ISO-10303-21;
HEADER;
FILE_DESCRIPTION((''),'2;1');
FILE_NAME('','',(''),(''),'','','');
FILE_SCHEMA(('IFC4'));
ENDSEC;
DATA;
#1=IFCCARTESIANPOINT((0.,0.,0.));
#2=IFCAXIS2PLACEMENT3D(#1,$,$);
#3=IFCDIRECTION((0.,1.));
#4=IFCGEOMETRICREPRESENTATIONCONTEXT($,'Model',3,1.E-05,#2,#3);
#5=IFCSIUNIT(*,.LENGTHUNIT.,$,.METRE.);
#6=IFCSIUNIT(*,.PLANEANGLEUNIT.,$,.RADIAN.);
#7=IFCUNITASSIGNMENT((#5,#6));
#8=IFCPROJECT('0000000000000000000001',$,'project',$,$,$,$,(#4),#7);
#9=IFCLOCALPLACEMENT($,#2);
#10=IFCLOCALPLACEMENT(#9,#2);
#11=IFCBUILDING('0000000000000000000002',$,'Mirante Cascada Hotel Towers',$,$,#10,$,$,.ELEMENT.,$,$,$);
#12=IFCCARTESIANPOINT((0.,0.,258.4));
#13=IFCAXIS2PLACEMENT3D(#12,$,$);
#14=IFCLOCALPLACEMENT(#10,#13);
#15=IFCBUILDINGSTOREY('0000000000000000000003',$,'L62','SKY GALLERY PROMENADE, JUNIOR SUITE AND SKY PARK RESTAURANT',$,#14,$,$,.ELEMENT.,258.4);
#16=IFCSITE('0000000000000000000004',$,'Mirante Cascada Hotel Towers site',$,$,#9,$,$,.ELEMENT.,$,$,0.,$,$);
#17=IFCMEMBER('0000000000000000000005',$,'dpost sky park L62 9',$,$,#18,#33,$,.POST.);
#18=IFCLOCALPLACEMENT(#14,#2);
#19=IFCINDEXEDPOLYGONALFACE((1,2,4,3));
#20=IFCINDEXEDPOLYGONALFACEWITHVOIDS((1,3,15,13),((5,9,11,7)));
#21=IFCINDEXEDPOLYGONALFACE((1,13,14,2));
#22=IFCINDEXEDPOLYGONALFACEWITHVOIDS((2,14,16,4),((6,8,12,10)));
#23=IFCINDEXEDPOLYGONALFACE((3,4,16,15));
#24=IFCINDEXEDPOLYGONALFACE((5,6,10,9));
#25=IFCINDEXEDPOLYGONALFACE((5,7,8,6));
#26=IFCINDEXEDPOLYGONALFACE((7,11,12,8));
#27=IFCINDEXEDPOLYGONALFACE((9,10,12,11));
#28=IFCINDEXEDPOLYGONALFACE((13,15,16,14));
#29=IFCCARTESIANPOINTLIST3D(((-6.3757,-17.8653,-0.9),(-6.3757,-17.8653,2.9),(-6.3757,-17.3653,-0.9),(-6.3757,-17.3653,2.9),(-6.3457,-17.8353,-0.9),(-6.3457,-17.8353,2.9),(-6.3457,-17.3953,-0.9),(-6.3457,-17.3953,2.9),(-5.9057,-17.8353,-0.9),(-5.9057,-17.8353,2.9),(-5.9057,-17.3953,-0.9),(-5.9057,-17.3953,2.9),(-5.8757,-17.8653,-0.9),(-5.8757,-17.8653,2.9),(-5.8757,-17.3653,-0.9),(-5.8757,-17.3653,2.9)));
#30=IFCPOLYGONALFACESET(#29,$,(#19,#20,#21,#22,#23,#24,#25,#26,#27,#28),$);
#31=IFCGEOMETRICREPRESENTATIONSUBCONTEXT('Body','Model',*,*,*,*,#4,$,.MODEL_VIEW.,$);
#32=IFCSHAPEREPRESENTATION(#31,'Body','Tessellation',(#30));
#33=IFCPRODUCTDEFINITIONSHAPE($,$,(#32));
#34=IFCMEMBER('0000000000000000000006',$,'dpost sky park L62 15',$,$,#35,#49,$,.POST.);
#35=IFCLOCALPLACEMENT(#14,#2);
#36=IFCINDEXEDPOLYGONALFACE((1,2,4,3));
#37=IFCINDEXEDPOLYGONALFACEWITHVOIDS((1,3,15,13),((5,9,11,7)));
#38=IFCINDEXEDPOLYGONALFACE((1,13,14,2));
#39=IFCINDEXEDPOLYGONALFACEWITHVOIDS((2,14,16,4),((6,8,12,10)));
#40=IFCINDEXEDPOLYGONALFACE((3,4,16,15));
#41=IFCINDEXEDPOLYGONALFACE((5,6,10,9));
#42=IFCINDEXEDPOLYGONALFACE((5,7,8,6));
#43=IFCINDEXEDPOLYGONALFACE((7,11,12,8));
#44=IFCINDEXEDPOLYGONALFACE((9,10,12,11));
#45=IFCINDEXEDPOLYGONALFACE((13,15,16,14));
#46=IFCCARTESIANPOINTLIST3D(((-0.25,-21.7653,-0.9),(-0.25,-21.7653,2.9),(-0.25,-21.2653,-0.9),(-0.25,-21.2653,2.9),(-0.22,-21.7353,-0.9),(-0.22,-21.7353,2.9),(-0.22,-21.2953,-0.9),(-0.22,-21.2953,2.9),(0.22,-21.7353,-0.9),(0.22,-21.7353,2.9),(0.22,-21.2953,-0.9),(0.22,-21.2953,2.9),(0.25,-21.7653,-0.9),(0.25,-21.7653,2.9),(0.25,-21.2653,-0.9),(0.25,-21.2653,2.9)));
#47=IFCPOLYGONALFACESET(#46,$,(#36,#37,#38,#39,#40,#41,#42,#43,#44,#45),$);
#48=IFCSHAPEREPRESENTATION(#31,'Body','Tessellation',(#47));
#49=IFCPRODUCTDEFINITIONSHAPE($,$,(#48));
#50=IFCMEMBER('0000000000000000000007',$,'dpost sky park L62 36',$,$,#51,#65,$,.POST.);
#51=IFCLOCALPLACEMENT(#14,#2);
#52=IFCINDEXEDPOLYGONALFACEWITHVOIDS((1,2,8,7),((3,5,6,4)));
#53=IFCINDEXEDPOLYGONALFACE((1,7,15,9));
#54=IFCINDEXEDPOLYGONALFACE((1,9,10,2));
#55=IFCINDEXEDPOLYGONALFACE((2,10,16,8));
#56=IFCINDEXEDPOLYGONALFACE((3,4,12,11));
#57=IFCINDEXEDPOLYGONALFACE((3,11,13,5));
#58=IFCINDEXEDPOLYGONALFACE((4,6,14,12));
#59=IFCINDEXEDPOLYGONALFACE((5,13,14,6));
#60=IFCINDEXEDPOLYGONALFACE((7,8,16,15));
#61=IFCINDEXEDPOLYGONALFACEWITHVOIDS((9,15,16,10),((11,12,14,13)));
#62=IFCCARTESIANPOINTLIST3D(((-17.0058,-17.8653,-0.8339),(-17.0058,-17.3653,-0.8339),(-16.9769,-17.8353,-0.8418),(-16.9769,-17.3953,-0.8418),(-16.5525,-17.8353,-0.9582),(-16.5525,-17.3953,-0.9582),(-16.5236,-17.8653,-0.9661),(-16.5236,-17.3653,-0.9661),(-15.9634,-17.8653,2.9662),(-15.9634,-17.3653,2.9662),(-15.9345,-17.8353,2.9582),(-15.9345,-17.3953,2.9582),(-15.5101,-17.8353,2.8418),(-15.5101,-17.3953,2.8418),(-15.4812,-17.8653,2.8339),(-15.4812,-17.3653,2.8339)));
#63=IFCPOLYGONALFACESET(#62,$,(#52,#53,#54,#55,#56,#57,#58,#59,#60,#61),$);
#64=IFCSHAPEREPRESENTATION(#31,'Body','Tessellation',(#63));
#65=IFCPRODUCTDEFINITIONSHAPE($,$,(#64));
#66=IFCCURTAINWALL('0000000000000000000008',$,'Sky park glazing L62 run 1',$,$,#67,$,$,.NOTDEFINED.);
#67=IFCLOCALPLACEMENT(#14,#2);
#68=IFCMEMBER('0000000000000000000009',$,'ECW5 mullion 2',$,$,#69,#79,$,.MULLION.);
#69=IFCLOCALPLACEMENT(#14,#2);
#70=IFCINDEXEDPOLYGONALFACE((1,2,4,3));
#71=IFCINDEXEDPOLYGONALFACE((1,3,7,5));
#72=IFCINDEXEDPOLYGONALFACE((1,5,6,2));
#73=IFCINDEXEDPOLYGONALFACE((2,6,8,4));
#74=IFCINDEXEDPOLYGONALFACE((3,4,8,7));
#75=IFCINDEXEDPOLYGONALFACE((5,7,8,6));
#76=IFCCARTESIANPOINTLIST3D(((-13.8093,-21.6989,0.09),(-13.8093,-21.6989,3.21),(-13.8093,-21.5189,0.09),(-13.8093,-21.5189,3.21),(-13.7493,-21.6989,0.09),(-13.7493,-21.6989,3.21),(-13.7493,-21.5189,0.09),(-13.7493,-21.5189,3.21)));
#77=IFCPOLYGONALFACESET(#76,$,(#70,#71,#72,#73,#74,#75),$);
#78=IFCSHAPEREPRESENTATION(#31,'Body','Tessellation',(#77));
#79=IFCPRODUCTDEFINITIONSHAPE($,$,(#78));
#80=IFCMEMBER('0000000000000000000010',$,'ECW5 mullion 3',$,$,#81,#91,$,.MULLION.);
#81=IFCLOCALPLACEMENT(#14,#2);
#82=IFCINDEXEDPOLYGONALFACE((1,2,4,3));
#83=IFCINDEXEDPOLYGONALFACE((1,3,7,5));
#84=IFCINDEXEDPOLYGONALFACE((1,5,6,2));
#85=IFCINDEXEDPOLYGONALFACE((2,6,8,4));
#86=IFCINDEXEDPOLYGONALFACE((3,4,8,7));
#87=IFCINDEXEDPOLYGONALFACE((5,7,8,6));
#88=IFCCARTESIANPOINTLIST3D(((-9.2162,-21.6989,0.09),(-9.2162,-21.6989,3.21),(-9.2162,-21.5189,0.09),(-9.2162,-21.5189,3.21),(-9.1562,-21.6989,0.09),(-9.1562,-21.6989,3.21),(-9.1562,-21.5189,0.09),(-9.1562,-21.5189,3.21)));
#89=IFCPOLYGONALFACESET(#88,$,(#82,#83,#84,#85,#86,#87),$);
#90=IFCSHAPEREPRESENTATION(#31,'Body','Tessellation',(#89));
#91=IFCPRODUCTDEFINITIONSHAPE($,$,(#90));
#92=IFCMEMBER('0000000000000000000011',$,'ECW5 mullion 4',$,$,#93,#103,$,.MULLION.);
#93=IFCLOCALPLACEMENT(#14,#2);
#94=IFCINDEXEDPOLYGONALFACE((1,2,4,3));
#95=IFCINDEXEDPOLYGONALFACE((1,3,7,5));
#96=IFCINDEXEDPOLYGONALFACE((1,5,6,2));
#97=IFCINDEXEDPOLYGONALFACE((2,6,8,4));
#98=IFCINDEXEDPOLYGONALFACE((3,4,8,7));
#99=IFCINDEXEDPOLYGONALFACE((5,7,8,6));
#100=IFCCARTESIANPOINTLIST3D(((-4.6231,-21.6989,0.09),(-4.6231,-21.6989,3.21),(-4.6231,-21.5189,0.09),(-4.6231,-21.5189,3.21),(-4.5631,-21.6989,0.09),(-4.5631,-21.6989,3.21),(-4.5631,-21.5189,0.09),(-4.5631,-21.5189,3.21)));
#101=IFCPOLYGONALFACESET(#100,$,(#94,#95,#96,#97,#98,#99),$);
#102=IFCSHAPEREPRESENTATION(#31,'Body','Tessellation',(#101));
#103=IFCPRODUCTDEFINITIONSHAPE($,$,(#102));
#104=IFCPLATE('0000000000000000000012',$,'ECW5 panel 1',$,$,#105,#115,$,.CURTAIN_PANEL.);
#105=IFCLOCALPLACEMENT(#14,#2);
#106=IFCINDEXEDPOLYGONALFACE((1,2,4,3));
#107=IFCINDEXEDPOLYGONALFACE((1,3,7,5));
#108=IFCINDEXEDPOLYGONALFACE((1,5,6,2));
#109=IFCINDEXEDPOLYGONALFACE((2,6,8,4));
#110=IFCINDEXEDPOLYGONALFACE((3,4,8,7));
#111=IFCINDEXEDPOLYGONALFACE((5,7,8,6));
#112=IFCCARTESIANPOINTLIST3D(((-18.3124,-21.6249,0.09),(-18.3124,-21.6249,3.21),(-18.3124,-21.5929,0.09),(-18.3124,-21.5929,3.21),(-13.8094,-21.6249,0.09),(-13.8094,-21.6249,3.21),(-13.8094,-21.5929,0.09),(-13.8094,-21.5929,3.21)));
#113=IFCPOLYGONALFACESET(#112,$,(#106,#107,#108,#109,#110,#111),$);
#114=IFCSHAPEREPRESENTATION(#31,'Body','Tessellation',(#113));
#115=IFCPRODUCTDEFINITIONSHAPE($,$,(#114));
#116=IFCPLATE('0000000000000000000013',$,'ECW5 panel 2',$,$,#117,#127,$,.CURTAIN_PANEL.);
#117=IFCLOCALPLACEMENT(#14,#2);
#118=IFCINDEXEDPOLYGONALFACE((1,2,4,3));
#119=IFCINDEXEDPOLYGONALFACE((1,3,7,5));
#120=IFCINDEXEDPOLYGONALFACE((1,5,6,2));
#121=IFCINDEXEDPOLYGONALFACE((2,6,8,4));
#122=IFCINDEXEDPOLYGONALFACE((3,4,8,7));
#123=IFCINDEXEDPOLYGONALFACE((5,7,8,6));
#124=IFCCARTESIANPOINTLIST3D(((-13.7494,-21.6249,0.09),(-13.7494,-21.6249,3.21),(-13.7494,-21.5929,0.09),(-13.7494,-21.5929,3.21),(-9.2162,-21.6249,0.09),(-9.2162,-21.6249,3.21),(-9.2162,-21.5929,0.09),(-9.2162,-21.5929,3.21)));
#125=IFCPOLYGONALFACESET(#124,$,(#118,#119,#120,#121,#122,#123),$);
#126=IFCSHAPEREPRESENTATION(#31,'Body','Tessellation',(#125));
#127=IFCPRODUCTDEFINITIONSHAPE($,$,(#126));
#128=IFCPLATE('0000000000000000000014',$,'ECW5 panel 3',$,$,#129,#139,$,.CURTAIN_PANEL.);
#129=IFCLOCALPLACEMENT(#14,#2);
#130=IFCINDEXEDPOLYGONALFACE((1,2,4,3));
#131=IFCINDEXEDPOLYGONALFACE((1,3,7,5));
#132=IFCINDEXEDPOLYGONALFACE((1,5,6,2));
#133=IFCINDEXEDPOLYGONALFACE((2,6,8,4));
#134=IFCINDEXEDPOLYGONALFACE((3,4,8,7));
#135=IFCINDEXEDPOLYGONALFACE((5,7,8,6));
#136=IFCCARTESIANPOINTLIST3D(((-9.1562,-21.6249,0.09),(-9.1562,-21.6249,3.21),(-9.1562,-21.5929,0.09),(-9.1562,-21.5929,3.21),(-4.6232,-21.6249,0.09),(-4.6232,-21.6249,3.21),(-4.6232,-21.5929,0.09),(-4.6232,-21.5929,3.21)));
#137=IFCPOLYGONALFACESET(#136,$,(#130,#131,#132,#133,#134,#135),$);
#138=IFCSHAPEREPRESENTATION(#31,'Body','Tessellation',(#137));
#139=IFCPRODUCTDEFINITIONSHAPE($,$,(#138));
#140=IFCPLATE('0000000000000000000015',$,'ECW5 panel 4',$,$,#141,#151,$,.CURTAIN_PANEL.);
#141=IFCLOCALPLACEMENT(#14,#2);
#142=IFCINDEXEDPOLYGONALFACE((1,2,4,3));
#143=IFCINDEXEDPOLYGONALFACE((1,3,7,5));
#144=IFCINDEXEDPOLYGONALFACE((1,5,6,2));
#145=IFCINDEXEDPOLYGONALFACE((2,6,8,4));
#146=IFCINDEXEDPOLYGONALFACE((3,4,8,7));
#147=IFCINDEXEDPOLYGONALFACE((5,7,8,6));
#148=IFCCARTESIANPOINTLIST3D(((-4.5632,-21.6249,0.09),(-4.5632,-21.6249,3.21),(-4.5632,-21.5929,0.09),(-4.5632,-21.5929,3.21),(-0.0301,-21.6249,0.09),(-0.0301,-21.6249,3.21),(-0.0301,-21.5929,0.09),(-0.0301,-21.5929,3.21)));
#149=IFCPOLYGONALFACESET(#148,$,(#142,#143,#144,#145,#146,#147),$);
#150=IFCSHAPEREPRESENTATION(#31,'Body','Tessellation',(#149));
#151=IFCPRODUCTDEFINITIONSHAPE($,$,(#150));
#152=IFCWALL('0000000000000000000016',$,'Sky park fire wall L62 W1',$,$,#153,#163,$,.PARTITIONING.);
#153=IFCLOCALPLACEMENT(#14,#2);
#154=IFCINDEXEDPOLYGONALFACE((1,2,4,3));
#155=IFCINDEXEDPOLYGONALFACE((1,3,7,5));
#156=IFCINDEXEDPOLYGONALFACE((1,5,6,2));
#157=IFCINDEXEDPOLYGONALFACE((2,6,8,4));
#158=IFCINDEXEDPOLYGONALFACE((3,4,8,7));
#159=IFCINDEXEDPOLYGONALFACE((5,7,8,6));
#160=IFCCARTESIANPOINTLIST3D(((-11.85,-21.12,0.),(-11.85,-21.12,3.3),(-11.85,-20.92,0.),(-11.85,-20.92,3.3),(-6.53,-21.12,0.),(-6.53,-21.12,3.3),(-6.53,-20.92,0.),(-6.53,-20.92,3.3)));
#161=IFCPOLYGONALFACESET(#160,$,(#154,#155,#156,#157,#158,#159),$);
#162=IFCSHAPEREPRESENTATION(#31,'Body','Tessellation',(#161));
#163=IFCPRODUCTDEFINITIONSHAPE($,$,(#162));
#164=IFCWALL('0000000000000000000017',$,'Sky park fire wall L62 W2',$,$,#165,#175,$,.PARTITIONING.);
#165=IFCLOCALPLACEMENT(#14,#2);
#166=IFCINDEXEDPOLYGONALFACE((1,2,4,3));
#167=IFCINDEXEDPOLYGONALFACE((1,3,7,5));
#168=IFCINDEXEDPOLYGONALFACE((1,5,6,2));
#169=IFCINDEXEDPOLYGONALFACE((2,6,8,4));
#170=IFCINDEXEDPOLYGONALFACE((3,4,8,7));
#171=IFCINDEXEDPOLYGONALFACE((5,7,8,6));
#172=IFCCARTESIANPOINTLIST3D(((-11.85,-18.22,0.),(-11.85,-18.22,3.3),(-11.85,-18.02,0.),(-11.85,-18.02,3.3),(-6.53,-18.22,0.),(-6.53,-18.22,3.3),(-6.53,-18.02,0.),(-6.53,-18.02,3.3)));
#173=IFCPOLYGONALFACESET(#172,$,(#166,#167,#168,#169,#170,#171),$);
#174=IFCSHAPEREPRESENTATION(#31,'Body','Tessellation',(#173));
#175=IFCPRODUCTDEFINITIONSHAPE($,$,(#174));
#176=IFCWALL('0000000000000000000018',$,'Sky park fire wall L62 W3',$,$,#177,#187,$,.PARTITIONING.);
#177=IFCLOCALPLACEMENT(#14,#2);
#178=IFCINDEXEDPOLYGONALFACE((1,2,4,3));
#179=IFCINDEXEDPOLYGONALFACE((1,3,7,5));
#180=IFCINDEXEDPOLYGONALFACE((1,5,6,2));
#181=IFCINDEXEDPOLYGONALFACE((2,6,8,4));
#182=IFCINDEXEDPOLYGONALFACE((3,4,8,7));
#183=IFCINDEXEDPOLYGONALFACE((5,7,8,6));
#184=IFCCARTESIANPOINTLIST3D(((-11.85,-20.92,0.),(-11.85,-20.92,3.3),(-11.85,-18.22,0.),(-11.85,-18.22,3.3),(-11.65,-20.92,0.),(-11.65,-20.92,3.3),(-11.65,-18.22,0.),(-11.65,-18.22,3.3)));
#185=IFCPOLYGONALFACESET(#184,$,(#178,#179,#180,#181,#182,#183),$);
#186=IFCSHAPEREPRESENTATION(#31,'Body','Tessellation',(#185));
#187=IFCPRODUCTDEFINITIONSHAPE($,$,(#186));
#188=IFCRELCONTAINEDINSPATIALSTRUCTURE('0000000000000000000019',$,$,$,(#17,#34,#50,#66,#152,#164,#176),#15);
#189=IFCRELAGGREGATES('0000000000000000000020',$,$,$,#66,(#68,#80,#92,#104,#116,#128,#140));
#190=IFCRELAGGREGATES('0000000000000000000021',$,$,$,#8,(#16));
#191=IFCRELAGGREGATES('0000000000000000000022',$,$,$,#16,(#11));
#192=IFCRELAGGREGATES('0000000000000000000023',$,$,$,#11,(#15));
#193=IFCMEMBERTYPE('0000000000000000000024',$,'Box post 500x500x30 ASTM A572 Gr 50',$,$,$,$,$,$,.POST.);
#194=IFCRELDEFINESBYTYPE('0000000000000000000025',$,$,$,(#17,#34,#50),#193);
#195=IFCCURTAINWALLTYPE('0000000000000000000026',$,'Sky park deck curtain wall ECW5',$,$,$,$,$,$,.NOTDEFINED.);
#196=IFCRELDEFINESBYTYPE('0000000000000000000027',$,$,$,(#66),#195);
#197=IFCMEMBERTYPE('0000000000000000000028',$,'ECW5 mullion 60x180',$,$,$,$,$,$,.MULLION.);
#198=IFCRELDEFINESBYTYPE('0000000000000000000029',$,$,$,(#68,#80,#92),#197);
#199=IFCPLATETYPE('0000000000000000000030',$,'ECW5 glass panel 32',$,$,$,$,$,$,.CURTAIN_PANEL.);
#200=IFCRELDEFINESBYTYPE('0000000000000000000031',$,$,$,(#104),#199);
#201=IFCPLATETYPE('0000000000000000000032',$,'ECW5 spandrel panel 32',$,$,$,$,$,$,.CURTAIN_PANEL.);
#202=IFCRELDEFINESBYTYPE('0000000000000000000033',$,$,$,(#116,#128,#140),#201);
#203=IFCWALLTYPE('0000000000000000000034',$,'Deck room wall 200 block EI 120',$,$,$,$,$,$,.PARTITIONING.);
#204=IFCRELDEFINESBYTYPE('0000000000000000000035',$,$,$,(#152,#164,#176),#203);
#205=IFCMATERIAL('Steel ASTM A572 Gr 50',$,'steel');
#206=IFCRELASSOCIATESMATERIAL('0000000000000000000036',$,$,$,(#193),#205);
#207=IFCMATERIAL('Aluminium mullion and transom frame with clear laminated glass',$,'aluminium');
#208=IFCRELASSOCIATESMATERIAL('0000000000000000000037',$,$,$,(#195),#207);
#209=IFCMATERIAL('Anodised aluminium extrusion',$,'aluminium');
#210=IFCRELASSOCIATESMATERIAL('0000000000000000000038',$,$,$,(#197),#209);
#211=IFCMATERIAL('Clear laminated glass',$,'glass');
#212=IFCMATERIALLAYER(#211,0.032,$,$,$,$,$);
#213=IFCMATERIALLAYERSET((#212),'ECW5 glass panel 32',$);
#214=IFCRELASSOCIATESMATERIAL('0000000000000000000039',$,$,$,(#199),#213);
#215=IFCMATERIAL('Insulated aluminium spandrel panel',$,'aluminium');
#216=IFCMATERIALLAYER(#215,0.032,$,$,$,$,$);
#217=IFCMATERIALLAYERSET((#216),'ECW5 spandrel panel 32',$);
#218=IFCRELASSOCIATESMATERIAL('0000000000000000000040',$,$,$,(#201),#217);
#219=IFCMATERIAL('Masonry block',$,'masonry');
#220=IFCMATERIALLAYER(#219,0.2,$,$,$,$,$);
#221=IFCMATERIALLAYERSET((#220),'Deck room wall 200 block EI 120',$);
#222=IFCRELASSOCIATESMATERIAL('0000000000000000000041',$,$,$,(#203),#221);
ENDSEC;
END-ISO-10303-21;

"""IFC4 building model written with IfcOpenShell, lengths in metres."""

from ifc_helpers import new_model, si_unit, direction, frame, frame_2d, origin, origin_2d, place, context, subcontext, project, spatial, rectangle, hollow_rectangle, extrude, material, layer, layer_set, material_profile, profile_set, type_object, element, aggregate, save


model = new_model("IFC4")

# Units and contexts
model_context = context("Model", 3, precision=1e-05, world=origin(), true_north=direction((0.0, 1.0)))
body_context = subcontext(model_context, "Body", "Model", "MODEL_VIEW")
ifc_project = project(units=[si_unit("LENGTHUNIT", "METRE"), si_unit("PLANEANGLEUNIT", "RADIAN")], contexts=[model_context])

# Site, building, storey
site_placement = place(None, origin())
site = spatial("IfcSite", under=ifc_project, at=site_placement, Name="Mirante Cascada Hotel Towers site", CompositionType="ELEMENT", RefElevation=0.0)
building_placement = place(site_placement, origin())
building = spatial("IfcBuilding", under=site, at=building_placement, Name="Mirante Cascada Hotel Towers", CompositionType="ELEMENT")
storey_placement = place(building_placement, frame((0.0, 0.0, 258.4)))
storey = spatial("IfcBuildingStorey", under=building, at=storey_placement, Name="L62", Description="SKY GALLERY PROMENADE, JUNIOR SUITE AND SKY PARK RESTAURANT", CompositionType="ELEMENT", Elevation=258.4)

# Members
ifc_material_1 = material(Name="Steel ASTM A572 Gr 50", Category="steel")
ifc_material_profile_1 = material_profile(ifc_material_1, hollow_rectangle(XDim=0.5, YDim=0.5, WallThickness=0.03, at=origin_2d()), Name="Box post 500x500x30 ASTM A572 Gr 50")
ifc_profile_set_1 = profile_set([ifc_material_profile_1], Name="Steel ASTM A572 Gr 50")
member_type_1 = type_object("IfcMemberType", Name="Box post 500x500x30 ASTM A572 Gr 50", PredefinedType="POST", material=ifc_profile_set_1)
for number, where, z_axis, x_axis, name in (
    (1, (-6.1257, -17.6153, -0.9), (0.0, 0.0, 1.0), (1.0, 0.0, 0.0), "dpost sky park L62 9"),
    (2, (0.0, -21.5153, -0.9), (0.0, 0.0, 1.0), (1.0, 0.0, 0.0), "dpost sky park L62 15"),
):
    element("IfcMember", number, at=place(storey_placement, frame(where, z_axis=z_axis, x_axis=x_axis)), inside=storey, type_object=member_type_1, Name=name, PredefinedType="POST", context=body_context, shape_type="SweptSolid", body=[
        extrude(hollow_rectangle(XDim=0.5, YDim=0.5, WallThickness=0.03, at=origin_2d()), origin(), (0.0, 0.0, 1.0), 3.8),
    ])
member_1_placement = place(storey_placement, frame((-16.7647, -17.6153, -0.9), z_axis=(0.264543, 0.0, 0.964374), x_axis=(0.0, 1.0, 0.0)))
element("IfcMember", 3, at=member_1_placement, inside=storey, type_object=member_type_1, Name="dpost sky park L62 36", PredefinedType="POST", context=body_context, shape_type="SweptSolid", body=[
    extrude(hollow_rectangle(XDim=0.5, YDim=0.5, WallThickness=0.03, at=origin_2d()), origin(), (0.0, 0.0, 1.0), 3.9404),
])

# Curtain wall, members, plates
ifc_material_2 = material(Name="Aluminium mullion and transom frame with clear laminated glass", Category="aluminium")
curtain_wall_type = type_object("IfcCurtainWallType", Name="Sky park deck curtain wall ECW5", PredefinedType="NOTDEFINED", material=ifc_material_2)
curtain_wall_placement = place(storey_placement, origin())
curtain_wall = element("IfcCurtainWall", 4, at=curtain_wall_placement, inside=storey, type_object=curtain_wall_type, Name="Sky park glazing L62 run 1", PredefinedType="NOTDEFINED")
ifc_material_3 = material(Name="Anodised aluminium extrusion", Category="aluminium")
ifc_material_profile_2 = material_profile(ifc_material_3, rectangle(XDim=0.18, YDim=0.06, at=origin_2d()), Name="ECW5 MULLION 60x180")
ifc_profile_set_2 = profile_set([ifc_material_profile_2], Name="Anodised aluminium extrusion")
member_type_2 = type_object("IfcMemberType", Name="ECW5 mullion 60x180", PredefinedType="MULLION", material=ifc_profile_set_2)
member_2_placement = place(storey_placement, frame((-13.7793, -21.6089, 0.09), z_axis=(0.0, 0.0, 1.0), x_axis=(0.0, 1.0, 0.0)))
member_2 = element("IfcMember", 5, at=member_2_placement, type_object=member_type_2, Name="ECW5 mullion 2", PredefinedType="MULLION", context=body_context, shape_type="SweptSolid", body=[
    extrude(rectangle(XDim=0.18, YDim=0.06, at=origin_2d()), origin(), (0.0, 0.0, 1.0), 3.12),
])
member_3_placement = place(storey_placement, frame((-9.1862, -21.6089, 0.09), z_axis=(0.0, 0.0, 1.0), x_axis=(0.0, 1.0, 0.0)))
member_3 = element("IfcMember", 6, at=member_3_placement, type_object=member_type_2, Name="ECW5 mullion 3", PredefinedType="MULLION", context=body_context, shape_type="SweptSolid", body=[
    extrude(rectangle(XDim=0.18, YDim=0.06, at=origin_2d()), origin(), (0.0, 0.0, 1.0), 3.12),
])
member_4_placement = place(storey_placement, frame((-4.5931, -21.6089, 0.09), z_axis=(0.0, 0.0, 1.0), x_axis=(0.0, 1.0, 0.0)))
member_4 = element("IfcMember", 7, at=member_4_placement, type_object=member_type_2, Name="ECW5 mullion 4", PredefinedType="MULLION", context=body_context, shape_type="SweptSolid", body=[
    extrude(rectangle(XDim=0.18, YDim=0.06, at=origin_2d()), origin(), (0.0, 0.0, 1.0), 3.12),
])
ifc_material_4 = material(Name="Clear laminated glass", Category="glass")
ifc_layer_1 = layer(ifc_material_4, 0.032)
ifc_layer_set_1 = layer_set([ifc_layer_1], Name="ECW5 glass panel 32")
plate_type_1 = type_object("IfcPlateType", Name="ECW5 glass panel 32", PredefinedType="CURTAIN_PANEL", material=ifc_layer_set_1)
plate_1_placement = place(storey_placement, frame((-16.0609, -21.6089, 0.09), z_axis=(0.0, 0.0, 1.0), x_axis=(1.0, 0.0, 0.0)))
plate_1 = element("IfcPlate", 8, at=plate_1_placement, type_object=plate_type_1, Name="ECW5 panel 1", PredefinedType="CURTAIN_PANEL", context=body_context, shape_type="SweptSolid", body=[
    extrude(rectangle(XDim=4.5031, YDim=0.032, at=origin_2d()), origin(), (0.0, 0.0, 1.0), 3.12),
])
ifc_material_5 = material(Name="Insulated aluminium spandrel panel", Category="aluminium")
ifc_layer_2 = layer(ifc_material_5, 0.032)
ifc_layer_set_2 = layer_set([ifc_layer_2], Name="ECW5 spandrel panel 32")
plate_type_2 = type_object("IfcPlateType", Name="ECW5 spandrel panel 32", PredefinedType="CURTAIN_PANEL", material=ifc_layer_set_2)
plate_2_placement = place(storey_placement, frame((-11.4828, -21.6089, 0.09), z_axis=(0.0, 0.0, 1.0), x_axis=(1.0, 0.0, 0.0)))
plate_2 = element("IfcPlate", 9, at=plate_2_placement, type_object=plate_type_2, Name="ECW5 panel 2", PredefinedType="CURTAIN_PANEL", context=body_context, shape_type="SweptSolid", body=[
    extrude(rectangle(XDim=4.5331, YDim=0.032, at=origin_2d()), origin(), (0.0, 0.0, 1.0), 3.12),
])
plate_3_placement = place(storey_placement, frame((-6.8897, -21.6089, 0.09), z_axis=(0.0, 0.0, 1.0), x_axis=(1.0, 0.0, 0.0)))
plate_3 = element("IfcPlate", 10, at=plate_3_placement, type_object=plate_type_2, Name="ECW5 panel 3", PredefinedType="CURTAIN_PANEL", context=body_context, shape_type="SweptSolid", body=[
    extrude(rectangle(XDim=4.5331, YDim=0.032, at=origin_2d()), origin(), (0.0, 0.0, 1.0), 3.12),
])
plate_4_placement = place(storey_placement, frame((-2.2966, -21.6089, 0.09), z_axis=(0.0, 0.0, 1.0), x_axis=(1.0, 0.0, 0.0)))
plate_4 = element("IfcPlate", 11, at=plate_4_placement, type_object=plate_type_2, Name="ECW5 panel 4", PredefinedType="CURTAIN_PANEL", context=body_context, shape_type="SweptSolid", body=[
    extrude(rectangle(XDim=4.5331, YDim=0.032, at=origin_2d()), origin(), (0.0, 0.0, 1.0), 3.12),
])
aggregate(curtain_wall, [member_2, member_3, member_4, plate_1, plate_2, plate_3, plate_4])

# Walls
ifc_material_6 = material(Name="Masonry block", Category="masonry")
ifc_layer_3 = layer(ifc_material_6, 0.2)
ifc_layer_set_3 = layer_set([ifc_layer_3], Name="Deck room wall 200 block EI 120")
wall_type_1 = type_object("IfcWallType", Name="Deck room wall 200 block EI 120", PredefinedType="PARTITIONING", material=ifc_layer_set_3)
for number, where, z_axis, x_axis, name in (
    (12, (-11.85, -21.02, 0.0), (0.0, 0.0, 1.0), (1.0, 0.0, 0.0), "Sky park fire wall L62 W1"),
    (13, (-11.85, -18.12, 0.0), (0.0, 0.0, 1.0), (1.0, 0.0, 0.0), "Sky park fire wall L62 W2"),
):
    element("IfcWall", number, at=place(storey_placement, frame(where, z_axis=z_axis, x_axis=x_axis)), inside=storey, type_object=wall_type_1, Name=name, PredefinedType="PARTITIONING", context=body_context, shape_type="SweptSolid", body=[
        extrude(rectangle(XDim=5.32, YDim=0.2, at=frame_2d((2.66, 0.0))), origin(), (0.0, 0.0, 1.0), 3.3),
    ])
wall_1_placement = place(storey_placement, frame((-11.75, -20.92, 0.0), z_axis=(0.0, 0.0, 1.0), x_axis=(0.0, 1.0, 0.0)))
element("IfcWall", 14, at=wall_1_placement, inside=storey, type_object=wall_type_1, Name="Sky park fire wall L62 W3", PredefinedType="PARTITIONING", context=body_context, shape_type="SweptSolid", body=[
    extrude(rectangle(XDim=2.7, YDim=0.2, at=frame_2d((1.35, 0.0))), origin(), (0.0, 0.0, 1.0), 3.3),
])

save(model, "model.ifc")
